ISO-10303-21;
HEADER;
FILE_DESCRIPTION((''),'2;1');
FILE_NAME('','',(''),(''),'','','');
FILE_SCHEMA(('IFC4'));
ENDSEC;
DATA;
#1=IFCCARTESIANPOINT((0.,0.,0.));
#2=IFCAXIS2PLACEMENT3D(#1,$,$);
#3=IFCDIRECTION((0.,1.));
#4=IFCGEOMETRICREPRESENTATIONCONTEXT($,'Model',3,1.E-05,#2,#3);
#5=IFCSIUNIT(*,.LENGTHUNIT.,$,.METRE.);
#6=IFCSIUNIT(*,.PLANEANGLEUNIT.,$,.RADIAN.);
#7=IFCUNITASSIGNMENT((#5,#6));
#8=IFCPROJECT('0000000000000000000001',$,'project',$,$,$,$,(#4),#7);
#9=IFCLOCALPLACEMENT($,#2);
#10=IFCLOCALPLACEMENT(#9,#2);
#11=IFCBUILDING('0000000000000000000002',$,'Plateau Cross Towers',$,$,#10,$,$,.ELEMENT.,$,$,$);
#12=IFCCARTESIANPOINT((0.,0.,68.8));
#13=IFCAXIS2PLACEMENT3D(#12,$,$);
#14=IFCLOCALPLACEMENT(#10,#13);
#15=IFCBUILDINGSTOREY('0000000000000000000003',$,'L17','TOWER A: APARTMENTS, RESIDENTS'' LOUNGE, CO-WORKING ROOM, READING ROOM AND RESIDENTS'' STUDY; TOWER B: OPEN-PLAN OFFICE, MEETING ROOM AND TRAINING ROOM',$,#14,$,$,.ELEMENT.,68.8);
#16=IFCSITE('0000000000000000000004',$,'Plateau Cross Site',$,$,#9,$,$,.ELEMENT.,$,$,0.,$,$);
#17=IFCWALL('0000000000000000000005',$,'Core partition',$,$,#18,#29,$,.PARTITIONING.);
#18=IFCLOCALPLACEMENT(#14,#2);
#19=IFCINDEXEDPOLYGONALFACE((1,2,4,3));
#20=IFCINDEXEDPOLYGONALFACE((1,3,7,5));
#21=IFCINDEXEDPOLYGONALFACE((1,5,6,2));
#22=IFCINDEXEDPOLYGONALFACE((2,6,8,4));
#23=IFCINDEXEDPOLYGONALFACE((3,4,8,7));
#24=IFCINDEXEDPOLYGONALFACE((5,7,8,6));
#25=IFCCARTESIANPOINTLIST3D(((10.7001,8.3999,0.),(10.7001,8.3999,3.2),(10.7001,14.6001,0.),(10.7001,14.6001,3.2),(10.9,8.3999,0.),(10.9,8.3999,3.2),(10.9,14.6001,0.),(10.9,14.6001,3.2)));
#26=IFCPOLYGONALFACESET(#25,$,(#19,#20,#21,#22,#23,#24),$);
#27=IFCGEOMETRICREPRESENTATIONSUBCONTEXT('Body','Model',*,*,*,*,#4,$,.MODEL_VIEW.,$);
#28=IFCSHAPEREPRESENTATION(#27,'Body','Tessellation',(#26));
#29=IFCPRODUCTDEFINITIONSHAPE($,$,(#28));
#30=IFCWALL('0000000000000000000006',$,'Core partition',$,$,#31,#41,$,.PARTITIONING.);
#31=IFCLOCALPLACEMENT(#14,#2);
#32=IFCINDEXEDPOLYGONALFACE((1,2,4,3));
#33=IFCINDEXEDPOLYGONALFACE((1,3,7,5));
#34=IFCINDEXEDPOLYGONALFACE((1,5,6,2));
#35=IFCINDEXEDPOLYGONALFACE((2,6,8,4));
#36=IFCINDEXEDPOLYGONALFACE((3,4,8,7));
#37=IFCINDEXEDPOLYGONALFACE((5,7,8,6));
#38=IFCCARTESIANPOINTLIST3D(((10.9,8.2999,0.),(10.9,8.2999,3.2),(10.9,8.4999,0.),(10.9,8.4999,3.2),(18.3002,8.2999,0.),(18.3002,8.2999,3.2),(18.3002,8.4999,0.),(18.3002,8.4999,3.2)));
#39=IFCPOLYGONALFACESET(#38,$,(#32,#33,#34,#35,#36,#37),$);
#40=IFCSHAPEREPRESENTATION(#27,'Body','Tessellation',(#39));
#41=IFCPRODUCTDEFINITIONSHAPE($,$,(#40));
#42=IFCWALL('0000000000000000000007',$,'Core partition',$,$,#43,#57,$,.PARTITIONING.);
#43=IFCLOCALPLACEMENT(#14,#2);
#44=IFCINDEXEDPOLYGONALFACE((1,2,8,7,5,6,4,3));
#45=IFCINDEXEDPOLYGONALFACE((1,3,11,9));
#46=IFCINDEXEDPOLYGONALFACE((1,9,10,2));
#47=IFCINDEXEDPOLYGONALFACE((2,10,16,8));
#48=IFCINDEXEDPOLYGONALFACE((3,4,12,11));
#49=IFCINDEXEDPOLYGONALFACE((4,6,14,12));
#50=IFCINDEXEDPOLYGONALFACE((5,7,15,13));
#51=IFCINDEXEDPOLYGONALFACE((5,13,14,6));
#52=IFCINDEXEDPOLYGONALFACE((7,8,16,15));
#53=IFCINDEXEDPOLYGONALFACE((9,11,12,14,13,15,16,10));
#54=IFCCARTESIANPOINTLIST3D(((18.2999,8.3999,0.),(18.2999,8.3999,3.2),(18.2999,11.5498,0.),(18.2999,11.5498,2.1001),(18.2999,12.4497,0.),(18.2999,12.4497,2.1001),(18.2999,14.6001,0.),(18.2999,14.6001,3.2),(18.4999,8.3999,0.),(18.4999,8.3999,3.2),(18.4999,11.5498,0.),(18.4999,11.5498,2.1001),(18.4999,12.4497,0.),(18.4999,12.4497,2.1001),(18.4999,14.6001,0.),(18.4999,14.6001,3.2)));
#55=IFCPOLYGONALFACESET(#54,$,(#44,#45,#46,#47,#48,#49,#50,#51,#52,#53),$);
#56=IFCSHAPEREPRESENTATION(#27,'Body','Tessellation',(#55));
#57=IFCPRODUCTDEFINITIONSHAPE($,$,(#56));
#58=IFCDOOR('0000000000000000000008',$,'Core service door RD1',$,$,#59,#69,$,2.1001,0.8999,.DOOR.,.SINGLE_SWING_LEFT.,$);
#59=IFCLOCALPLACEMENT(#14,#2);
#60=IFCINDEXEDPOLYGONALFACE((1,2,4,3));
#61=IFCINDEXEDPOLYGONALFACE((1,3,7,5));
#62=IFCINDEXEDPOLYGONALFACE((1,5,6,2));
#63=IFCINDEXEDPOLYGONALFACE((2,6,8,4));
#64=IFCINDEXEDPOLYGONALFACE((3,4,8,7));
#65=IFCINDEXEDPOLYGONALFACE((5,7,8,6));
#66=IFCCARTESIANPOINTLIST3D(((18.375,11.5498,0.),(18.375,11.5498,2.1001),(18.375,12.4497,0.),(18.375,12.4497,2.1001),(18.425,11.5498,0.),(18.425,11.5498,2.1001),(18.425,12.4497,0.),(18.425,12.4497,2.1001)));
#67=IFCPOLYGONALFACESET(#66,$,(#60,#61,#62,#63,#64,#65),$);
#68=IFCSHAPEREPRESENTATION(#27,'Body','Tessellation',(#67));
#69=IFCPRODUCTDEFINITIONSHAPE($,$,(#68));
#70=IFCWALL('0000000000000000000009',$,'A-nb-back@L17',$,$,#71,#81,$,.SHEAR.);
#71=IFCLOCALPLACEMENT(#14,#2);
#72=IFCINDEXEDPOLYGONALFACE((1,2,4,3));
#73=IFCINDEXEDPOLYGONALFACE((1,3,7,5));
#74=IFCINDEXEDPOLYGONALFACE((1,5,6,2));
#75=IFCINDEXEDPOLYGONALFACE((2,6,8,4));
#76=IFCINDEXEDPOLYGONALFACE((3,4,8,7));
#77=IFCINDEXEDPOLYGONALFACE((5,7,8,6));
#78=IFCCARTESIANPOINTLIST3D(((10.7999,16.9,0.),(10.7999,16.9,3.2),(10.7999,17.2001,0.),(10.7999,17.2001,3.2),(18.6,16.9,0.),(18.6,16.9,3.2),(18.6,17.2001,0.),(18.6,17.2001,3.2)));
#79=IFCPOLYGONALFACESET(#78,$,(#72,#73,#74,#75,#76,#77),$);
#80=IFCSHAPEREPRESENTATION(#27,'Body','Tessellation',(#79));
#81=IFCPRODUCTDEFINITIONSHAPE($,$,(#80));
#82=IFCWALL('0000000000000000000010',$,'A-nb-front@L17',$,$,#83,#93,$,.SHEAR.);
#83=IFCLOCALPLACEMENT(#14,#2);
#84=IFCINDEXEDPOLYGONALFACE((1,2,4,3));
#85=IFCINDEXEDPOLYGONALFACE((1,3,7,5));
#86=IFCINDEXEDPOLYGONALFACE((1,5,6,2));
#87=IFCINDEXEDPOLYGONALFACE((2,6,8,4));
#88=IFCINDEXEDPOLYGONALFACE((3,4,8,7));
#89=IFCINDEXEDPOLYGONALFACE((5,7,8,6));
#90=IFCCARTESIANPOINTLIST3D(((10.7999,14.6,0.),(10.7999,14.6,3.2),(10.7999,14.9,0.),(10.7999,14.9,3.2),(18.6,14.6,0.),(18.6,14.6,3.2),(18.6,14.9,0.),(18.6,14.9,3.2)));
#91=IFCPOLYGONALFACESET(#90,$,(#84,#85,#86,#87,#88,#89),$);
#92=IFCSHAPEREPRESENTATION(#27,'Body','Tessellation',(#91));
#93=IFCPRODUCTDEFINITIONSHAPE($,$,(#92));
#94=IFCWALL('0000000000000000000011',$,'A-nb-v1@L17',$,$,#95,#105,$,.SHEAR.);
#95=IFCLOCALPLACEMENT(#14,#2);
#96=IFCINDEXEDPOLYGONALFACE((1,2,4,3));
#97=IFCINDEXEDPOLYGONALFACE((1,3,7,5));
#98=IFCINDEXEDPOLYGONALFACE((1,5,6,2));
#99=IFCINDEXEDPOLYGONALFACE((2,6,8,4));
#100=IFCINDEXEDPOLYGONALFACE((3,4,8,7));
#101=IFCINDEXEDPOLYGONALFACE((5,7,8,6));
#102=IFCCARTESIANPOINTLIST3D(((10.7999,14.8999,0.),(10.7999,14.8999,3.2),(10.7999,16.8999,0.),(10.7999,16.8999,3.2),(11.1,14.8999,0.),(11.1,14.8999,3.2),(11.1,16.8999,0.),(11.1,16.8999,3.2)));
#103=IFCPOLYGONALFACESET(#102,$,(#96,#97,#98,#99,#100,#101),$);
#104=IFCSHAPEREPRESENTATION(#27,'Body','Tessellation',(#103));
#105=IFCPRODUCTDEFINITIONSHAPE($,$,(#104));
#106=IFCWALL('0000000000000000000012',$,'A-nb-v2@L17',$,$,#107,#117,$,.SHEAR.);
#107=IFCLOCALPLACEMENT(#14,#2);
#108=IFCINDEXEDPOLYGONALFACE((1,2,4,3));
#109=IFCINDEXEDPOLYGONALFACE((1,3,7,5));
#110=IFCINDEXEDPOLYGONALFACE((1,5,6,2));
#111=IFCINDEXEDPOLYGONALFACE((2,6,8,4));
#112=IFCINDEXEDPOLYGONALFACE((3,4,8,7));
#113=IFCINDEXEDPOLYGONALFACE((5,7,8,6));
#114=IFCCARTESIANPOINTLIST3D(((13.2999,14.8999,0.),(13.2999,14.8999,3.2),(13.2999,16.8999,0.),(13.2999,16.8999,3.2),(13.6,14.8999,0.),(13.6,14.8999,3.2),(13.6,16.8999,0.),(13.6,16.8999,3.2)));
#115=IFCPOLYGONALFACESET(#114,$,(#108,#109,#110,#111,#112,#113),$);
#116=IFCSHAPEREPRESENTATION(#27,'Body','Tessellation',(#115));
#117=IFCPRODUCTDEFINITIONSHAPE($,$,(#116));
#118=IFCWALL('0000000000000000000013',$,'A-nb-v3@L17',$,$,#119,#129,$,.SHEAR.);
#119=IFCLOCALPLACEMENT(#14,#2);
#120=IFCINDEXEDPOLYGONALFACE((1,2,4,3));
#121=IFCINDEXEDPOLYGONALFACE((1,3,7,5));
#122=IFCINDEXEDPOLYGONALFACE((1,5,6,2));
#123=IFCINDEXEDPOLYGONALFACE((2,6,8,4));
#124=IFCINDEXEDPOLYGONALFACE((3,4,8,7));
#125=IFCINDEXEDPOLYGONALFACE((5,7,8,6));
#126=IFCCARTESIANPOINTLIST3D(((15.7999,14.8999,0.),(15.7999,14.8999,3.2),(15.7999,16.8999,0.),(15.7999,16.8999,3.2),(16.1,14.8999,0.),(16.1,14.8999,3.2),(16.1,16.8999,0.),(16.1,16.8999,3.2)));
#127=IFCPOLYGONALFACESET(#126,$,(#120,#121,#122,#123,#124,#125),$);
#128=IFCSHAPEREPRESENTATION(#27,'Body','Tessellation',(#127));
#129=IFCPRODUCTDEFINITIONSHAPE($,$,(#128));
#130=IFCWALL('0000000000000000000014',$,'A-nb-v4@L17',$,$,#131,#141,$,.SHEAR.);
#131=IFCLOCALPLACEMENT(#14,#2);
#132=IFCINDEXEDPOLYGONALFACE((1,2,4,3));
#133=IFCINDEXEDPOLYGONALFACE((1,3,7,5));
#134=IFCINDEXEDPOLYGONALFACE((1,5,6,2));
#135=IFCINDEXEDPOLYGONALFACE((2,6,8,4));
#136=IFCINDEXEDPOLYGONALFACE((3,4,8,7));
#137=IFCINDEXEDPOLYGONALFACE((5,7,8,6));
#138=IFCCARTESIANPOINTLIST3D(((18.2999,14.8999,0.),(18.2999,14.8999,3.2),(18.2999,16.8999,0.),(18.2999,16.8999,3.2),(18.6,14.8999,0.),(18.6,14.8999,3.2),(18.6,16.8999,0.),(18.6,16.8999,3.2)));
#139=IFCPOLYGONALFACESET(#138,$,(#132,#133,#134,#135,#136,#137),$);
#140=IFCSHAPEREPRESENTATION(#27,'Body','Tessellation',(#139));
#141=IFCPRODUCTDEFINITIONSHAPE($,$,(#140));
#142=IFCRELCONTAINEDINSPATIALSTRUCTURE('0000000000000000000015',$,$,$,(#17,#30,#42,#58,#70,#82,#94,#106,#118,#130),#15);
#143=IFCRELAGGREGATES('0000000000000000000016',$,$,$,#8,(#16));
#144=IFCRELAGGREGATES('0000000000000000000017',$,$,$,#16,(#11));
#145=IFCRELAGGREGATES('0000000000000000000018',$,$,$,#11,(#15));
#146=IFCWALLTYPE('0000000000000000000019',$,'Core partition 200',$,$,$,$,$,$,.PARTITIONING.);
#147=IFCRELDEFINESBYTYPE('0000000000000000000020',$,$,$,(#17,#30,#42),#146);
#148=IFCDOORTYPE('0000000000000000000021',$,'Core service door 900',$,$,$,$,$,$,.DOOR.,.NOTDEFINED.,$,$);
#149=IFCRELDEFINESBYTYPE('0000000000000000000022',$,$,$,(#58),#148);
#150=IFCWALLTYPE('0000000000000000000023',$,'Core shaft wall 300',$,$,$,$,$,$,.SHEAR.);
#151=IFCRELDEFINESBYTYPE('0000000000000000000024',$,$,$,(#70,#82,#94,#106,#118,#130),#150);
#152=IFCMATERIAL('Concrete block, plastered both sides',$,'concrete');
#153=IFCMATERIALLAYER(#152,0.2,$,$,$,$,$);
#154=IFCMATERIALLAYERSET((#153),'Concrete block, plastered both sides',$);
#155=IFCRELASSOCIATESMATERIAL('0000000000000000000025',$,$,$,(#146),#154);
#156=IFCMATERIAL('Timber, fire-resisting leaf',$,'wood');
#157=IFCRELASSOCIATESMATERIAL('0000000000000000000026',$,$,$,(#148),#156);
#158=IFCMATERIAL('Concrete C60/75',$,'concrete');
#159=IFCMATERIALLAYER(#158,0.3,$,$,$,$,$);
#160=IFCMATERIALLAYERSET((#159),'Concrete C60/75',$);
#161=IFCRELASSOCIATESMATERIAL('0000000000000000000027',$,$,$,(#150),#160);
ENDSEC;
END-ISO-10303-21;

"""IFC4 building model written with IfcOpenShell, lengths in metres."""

from ifc_helpers import new_model, si_unit, direction, frame, frame_2d, origin, place, context, subcontext, project, spatial, rectangle, extrude, material, layer, layer_set, type_object, element, fill, save


model = new_model("IFC4")

# Units and contexts
model_context = context("Model", 3, precision=1e-05, world=origin(), true_north=direction((0.0, 1.0)))
body_context = subcontext(model_context, "Body", "Model", "MODEL_VIEW")
ifc_project = project(units=[si_unit("LENGTHUNIT", "METRE"), si_unit("PLANEANGLEUNIT", "RADIAN")], contexts=[model_context])

# Site, building, storey
site_placement = place(None, origin())
site = spatial("IfcSite", under=ifc_project, at=site_placement, Name="Plateau Cross Site", CompositionType="ELEMENT", RefElevation=0.0)
building_placement = place(site_placement, origin())
building = spatial("IfcBuilding", under=site, at=building_placement, Name="Plateau Cross Towers", CompositionType="ELEMENT")
storey_placement = place(building_placement, frame((0.0, 0.0, 68.8)))
storey = spatial("IfcBuildingStorey", under=building, at=storey_placement, Name="L17", Description="TOWER A: APARTMENTS, RESIDENTS' LOUNGE, CO-WORKING ROOM, READING ROOM AND RESIDENTS' STUDY; TOWER B: OPEN-PLAN OFFICE, MEETING ROOM AND TRAINING ROOM", CompositionType="ELEMENT", Elevation=68.8)

# Walls
ifc_material_1 = material(Name="Concrete block, plastered both sides", Category="concrete")
ifc_layer_1 = layer(ifc_material_1, 0.2)
ifc_layer_set_1 = layer_set([ifc_layer_1], Name="Concrete block, plastered both sides")
wall_type_1 = type_object("IfcWallType", Name="Core partition 200", PredefinedType="PARTITIONING", material=ifc_layer_set_1)
wall_1_placement = place(storey_placement, frame((10.8, 8.3999, 0.0), z_axis=(0.0, 0.0, 1.0), x_axis=(0.0, 1.0, 0.0)))
element("IfcWall", 1, at=wall_1_placement, inside=storey, type_object=wall_type_1, Name="Core partition", PredefinedType="PARTITIONING", context=body_context, shape_type="SweptSolid", body=[
    extrude(rectangle(XDim=6.2002, YDim=0.2, at=frame_2d((3.1001, 0.0))), origin(), (0.0, 0.0, 1.0), 3.2),
])
wall_2_placement = place(storey_placement, frame((10.8999, 8.3999, 0.0), z_axis=(0.0, 0.0, 1.0), x_axis=(1.0, 0.0, 0.0)))
element("IfcWall", 2, at=wall_2_placement, inside=storey, type_object=wall_type_1, Name="Core partition", PredefinedType="PARTITIONING", context=body_context, shape_type="SweptSolid", body=[
    extrude(rectangle(XDim=7.4001, YDim=0.2, at=frame_2d((3.7002, 0.0))), origin(), (0.0, 0.0, 1.0), 3.2),
])

# Wall, opening, door
wall_3_placement = place(storey_placement, frame((18.3999, 8.3999, 0.0), z_axis=(0.0, 0.0, 1.0), x_axis=(0.0, 1.0, 0.0)))
wall_3 = element("IfcWall", 3, at=wall_3_placement, inside=storey, type_object=wall_type_1, Name="Core partition", PredefinedType="PARTITIONING", context=body_context, shape_type="SweptSolid", body=[
    extrude(rectangle(XDim=6.2002, YDim=0.2, at=frame_2d((3.1001, 0.0))), origin(), (0.0, 0.0, 1.0), 3.2),
])
opening_1_placement = place(wall_3_placement, frame((3.1499, 0.0, 0.0)))
opening_1 = element("IfcOpeningElement", 4, at=opening_1_placement, cuts=wall_3, PredefinedType="OPENING", context=body_context, shape_type="SweptSolid", body=[
    extrude(rectangle(XDim=0.8999, YDim=2.1001, at=frame_2d((0.45, 1.05))), frame((0.0, 0.1099, 0.0), z_axis=(0.0, -1.0, 0.0), x_axis=(1.0, 0.0, 0.0)), (0.0, 0.0, 1.0), 0.22),
])
ifc_material_2 = material(Name="Timber, fire-resisting leaf", Category="wood")
door_type_1 = type_object("IfcDoorType", Name="Core service door 900", OperationType="NOTDEFINED", PredefinedType="DOOR", material=ifc_material_2)
door_1_placement = place(opening_1_placement, origin())
door_1 = element("IfcDoor", 5, at=door_1_placement, inside=storey, type_object=door_type_1, Name="Core service door RD1", OperationType="SINGLE_SWING_LEFT", OverallHeight=2.1001, OverallWidth=0.8999, PredefinedType="DOOR", context=body_context, shape_type="SweptSolid", body=[
    extrude(rectangle(XDim=0.8999, YDim=2.1001, at=frame_2d((0.45, 1.05))), frame((0.0, 0.0249, 0.0), z_axis=(0.0, -1.0, 0.0), x_axis=(1.0, 0.0, 0.0)), (0.0, 0.0, 1.0), 0.05),
])
fill(opening_1, door_1)

# Walls
ifc_material_3 = material(Name="Concrete C60/75", Category="concrete")
ifc_layer_2 = layer(ifc_material_3, 0.3)
ifc_layer_set_2 = layer_set([ifc_layer_2], Name="Concrete C60/75")
wall_type_2 = type_object("IfcWallType", Name="Core shaft wall 300", PredefinedType="SHEAR", material=ifc_layer_set_2)
for number, where, z_axis, x_axis, name in (
    (6, (10.8, 17.05, 0.0), (0.0, 0.0, 1.0), (1.0, 0.0, 0.0), "A-nb-back@L17"),
    (7, (10.8, 14.75, 0.0), (0.0, 0.0, 1.0), (1.0, 0.0, 0.0), "A-nb-front@L17"),
):
    element("IfcWall", number, at=place(storey_placement, frame(where, z_axis=z_axis, x_axis=x_axis)), inside=storey, type_object=wall_type_2, Name=name, PredefinedType="SHEAR", context=body_context, shape_type="SweptSolid", body=[
        extrude(rectangle(XDim=7.8, YDim=0.3, at=frame_2d((3.8999, 0.0))), origin(), (0.0, 0.0, 1.0), 3.2),
    ])
for number, where, z_axis, x_axis, name in (
    (8, (10.95, 14.8999, 0.0), (0.0, 0.0, 1.0), (0.0, 1.0, 0.0), "A-nb-v1@L17"),
    (9, (13.45, 14.8999, 0.0), (0.0, 0.0, 1.0), (0.0, 1.0, 0.0), "A-nb-v2@L17"),
    (10, (15.95, 14.8999, 0.0), (0.0, 0.0, 1.0), (0.0, 1.0, 0.0), "A-nb-v3@L17"),
    (11, (18.45, 14.8999, 0.0), (0.0, 0.0, 1.0), (0.0, 1.0, 0.0), "A-nb-v4@L17"),
):
    element("IfcWall", number, at=place(storey_placement, frame(where, z_axis=z_axis, x_axis=x_axis)), inside=storey, type_object=wall_type_2, Name=name, PredefinedType="SHEAR", context=body_context, shape_type="SweptSolid", body=[
        extrude(rectangle(XDim=2.0, YDim=0.3, at=frame_2d((1.0, 0.0))), origin(), (0.0, 0.0, 1.0), 3.2),
    ])

save(model, "model.ifc")
